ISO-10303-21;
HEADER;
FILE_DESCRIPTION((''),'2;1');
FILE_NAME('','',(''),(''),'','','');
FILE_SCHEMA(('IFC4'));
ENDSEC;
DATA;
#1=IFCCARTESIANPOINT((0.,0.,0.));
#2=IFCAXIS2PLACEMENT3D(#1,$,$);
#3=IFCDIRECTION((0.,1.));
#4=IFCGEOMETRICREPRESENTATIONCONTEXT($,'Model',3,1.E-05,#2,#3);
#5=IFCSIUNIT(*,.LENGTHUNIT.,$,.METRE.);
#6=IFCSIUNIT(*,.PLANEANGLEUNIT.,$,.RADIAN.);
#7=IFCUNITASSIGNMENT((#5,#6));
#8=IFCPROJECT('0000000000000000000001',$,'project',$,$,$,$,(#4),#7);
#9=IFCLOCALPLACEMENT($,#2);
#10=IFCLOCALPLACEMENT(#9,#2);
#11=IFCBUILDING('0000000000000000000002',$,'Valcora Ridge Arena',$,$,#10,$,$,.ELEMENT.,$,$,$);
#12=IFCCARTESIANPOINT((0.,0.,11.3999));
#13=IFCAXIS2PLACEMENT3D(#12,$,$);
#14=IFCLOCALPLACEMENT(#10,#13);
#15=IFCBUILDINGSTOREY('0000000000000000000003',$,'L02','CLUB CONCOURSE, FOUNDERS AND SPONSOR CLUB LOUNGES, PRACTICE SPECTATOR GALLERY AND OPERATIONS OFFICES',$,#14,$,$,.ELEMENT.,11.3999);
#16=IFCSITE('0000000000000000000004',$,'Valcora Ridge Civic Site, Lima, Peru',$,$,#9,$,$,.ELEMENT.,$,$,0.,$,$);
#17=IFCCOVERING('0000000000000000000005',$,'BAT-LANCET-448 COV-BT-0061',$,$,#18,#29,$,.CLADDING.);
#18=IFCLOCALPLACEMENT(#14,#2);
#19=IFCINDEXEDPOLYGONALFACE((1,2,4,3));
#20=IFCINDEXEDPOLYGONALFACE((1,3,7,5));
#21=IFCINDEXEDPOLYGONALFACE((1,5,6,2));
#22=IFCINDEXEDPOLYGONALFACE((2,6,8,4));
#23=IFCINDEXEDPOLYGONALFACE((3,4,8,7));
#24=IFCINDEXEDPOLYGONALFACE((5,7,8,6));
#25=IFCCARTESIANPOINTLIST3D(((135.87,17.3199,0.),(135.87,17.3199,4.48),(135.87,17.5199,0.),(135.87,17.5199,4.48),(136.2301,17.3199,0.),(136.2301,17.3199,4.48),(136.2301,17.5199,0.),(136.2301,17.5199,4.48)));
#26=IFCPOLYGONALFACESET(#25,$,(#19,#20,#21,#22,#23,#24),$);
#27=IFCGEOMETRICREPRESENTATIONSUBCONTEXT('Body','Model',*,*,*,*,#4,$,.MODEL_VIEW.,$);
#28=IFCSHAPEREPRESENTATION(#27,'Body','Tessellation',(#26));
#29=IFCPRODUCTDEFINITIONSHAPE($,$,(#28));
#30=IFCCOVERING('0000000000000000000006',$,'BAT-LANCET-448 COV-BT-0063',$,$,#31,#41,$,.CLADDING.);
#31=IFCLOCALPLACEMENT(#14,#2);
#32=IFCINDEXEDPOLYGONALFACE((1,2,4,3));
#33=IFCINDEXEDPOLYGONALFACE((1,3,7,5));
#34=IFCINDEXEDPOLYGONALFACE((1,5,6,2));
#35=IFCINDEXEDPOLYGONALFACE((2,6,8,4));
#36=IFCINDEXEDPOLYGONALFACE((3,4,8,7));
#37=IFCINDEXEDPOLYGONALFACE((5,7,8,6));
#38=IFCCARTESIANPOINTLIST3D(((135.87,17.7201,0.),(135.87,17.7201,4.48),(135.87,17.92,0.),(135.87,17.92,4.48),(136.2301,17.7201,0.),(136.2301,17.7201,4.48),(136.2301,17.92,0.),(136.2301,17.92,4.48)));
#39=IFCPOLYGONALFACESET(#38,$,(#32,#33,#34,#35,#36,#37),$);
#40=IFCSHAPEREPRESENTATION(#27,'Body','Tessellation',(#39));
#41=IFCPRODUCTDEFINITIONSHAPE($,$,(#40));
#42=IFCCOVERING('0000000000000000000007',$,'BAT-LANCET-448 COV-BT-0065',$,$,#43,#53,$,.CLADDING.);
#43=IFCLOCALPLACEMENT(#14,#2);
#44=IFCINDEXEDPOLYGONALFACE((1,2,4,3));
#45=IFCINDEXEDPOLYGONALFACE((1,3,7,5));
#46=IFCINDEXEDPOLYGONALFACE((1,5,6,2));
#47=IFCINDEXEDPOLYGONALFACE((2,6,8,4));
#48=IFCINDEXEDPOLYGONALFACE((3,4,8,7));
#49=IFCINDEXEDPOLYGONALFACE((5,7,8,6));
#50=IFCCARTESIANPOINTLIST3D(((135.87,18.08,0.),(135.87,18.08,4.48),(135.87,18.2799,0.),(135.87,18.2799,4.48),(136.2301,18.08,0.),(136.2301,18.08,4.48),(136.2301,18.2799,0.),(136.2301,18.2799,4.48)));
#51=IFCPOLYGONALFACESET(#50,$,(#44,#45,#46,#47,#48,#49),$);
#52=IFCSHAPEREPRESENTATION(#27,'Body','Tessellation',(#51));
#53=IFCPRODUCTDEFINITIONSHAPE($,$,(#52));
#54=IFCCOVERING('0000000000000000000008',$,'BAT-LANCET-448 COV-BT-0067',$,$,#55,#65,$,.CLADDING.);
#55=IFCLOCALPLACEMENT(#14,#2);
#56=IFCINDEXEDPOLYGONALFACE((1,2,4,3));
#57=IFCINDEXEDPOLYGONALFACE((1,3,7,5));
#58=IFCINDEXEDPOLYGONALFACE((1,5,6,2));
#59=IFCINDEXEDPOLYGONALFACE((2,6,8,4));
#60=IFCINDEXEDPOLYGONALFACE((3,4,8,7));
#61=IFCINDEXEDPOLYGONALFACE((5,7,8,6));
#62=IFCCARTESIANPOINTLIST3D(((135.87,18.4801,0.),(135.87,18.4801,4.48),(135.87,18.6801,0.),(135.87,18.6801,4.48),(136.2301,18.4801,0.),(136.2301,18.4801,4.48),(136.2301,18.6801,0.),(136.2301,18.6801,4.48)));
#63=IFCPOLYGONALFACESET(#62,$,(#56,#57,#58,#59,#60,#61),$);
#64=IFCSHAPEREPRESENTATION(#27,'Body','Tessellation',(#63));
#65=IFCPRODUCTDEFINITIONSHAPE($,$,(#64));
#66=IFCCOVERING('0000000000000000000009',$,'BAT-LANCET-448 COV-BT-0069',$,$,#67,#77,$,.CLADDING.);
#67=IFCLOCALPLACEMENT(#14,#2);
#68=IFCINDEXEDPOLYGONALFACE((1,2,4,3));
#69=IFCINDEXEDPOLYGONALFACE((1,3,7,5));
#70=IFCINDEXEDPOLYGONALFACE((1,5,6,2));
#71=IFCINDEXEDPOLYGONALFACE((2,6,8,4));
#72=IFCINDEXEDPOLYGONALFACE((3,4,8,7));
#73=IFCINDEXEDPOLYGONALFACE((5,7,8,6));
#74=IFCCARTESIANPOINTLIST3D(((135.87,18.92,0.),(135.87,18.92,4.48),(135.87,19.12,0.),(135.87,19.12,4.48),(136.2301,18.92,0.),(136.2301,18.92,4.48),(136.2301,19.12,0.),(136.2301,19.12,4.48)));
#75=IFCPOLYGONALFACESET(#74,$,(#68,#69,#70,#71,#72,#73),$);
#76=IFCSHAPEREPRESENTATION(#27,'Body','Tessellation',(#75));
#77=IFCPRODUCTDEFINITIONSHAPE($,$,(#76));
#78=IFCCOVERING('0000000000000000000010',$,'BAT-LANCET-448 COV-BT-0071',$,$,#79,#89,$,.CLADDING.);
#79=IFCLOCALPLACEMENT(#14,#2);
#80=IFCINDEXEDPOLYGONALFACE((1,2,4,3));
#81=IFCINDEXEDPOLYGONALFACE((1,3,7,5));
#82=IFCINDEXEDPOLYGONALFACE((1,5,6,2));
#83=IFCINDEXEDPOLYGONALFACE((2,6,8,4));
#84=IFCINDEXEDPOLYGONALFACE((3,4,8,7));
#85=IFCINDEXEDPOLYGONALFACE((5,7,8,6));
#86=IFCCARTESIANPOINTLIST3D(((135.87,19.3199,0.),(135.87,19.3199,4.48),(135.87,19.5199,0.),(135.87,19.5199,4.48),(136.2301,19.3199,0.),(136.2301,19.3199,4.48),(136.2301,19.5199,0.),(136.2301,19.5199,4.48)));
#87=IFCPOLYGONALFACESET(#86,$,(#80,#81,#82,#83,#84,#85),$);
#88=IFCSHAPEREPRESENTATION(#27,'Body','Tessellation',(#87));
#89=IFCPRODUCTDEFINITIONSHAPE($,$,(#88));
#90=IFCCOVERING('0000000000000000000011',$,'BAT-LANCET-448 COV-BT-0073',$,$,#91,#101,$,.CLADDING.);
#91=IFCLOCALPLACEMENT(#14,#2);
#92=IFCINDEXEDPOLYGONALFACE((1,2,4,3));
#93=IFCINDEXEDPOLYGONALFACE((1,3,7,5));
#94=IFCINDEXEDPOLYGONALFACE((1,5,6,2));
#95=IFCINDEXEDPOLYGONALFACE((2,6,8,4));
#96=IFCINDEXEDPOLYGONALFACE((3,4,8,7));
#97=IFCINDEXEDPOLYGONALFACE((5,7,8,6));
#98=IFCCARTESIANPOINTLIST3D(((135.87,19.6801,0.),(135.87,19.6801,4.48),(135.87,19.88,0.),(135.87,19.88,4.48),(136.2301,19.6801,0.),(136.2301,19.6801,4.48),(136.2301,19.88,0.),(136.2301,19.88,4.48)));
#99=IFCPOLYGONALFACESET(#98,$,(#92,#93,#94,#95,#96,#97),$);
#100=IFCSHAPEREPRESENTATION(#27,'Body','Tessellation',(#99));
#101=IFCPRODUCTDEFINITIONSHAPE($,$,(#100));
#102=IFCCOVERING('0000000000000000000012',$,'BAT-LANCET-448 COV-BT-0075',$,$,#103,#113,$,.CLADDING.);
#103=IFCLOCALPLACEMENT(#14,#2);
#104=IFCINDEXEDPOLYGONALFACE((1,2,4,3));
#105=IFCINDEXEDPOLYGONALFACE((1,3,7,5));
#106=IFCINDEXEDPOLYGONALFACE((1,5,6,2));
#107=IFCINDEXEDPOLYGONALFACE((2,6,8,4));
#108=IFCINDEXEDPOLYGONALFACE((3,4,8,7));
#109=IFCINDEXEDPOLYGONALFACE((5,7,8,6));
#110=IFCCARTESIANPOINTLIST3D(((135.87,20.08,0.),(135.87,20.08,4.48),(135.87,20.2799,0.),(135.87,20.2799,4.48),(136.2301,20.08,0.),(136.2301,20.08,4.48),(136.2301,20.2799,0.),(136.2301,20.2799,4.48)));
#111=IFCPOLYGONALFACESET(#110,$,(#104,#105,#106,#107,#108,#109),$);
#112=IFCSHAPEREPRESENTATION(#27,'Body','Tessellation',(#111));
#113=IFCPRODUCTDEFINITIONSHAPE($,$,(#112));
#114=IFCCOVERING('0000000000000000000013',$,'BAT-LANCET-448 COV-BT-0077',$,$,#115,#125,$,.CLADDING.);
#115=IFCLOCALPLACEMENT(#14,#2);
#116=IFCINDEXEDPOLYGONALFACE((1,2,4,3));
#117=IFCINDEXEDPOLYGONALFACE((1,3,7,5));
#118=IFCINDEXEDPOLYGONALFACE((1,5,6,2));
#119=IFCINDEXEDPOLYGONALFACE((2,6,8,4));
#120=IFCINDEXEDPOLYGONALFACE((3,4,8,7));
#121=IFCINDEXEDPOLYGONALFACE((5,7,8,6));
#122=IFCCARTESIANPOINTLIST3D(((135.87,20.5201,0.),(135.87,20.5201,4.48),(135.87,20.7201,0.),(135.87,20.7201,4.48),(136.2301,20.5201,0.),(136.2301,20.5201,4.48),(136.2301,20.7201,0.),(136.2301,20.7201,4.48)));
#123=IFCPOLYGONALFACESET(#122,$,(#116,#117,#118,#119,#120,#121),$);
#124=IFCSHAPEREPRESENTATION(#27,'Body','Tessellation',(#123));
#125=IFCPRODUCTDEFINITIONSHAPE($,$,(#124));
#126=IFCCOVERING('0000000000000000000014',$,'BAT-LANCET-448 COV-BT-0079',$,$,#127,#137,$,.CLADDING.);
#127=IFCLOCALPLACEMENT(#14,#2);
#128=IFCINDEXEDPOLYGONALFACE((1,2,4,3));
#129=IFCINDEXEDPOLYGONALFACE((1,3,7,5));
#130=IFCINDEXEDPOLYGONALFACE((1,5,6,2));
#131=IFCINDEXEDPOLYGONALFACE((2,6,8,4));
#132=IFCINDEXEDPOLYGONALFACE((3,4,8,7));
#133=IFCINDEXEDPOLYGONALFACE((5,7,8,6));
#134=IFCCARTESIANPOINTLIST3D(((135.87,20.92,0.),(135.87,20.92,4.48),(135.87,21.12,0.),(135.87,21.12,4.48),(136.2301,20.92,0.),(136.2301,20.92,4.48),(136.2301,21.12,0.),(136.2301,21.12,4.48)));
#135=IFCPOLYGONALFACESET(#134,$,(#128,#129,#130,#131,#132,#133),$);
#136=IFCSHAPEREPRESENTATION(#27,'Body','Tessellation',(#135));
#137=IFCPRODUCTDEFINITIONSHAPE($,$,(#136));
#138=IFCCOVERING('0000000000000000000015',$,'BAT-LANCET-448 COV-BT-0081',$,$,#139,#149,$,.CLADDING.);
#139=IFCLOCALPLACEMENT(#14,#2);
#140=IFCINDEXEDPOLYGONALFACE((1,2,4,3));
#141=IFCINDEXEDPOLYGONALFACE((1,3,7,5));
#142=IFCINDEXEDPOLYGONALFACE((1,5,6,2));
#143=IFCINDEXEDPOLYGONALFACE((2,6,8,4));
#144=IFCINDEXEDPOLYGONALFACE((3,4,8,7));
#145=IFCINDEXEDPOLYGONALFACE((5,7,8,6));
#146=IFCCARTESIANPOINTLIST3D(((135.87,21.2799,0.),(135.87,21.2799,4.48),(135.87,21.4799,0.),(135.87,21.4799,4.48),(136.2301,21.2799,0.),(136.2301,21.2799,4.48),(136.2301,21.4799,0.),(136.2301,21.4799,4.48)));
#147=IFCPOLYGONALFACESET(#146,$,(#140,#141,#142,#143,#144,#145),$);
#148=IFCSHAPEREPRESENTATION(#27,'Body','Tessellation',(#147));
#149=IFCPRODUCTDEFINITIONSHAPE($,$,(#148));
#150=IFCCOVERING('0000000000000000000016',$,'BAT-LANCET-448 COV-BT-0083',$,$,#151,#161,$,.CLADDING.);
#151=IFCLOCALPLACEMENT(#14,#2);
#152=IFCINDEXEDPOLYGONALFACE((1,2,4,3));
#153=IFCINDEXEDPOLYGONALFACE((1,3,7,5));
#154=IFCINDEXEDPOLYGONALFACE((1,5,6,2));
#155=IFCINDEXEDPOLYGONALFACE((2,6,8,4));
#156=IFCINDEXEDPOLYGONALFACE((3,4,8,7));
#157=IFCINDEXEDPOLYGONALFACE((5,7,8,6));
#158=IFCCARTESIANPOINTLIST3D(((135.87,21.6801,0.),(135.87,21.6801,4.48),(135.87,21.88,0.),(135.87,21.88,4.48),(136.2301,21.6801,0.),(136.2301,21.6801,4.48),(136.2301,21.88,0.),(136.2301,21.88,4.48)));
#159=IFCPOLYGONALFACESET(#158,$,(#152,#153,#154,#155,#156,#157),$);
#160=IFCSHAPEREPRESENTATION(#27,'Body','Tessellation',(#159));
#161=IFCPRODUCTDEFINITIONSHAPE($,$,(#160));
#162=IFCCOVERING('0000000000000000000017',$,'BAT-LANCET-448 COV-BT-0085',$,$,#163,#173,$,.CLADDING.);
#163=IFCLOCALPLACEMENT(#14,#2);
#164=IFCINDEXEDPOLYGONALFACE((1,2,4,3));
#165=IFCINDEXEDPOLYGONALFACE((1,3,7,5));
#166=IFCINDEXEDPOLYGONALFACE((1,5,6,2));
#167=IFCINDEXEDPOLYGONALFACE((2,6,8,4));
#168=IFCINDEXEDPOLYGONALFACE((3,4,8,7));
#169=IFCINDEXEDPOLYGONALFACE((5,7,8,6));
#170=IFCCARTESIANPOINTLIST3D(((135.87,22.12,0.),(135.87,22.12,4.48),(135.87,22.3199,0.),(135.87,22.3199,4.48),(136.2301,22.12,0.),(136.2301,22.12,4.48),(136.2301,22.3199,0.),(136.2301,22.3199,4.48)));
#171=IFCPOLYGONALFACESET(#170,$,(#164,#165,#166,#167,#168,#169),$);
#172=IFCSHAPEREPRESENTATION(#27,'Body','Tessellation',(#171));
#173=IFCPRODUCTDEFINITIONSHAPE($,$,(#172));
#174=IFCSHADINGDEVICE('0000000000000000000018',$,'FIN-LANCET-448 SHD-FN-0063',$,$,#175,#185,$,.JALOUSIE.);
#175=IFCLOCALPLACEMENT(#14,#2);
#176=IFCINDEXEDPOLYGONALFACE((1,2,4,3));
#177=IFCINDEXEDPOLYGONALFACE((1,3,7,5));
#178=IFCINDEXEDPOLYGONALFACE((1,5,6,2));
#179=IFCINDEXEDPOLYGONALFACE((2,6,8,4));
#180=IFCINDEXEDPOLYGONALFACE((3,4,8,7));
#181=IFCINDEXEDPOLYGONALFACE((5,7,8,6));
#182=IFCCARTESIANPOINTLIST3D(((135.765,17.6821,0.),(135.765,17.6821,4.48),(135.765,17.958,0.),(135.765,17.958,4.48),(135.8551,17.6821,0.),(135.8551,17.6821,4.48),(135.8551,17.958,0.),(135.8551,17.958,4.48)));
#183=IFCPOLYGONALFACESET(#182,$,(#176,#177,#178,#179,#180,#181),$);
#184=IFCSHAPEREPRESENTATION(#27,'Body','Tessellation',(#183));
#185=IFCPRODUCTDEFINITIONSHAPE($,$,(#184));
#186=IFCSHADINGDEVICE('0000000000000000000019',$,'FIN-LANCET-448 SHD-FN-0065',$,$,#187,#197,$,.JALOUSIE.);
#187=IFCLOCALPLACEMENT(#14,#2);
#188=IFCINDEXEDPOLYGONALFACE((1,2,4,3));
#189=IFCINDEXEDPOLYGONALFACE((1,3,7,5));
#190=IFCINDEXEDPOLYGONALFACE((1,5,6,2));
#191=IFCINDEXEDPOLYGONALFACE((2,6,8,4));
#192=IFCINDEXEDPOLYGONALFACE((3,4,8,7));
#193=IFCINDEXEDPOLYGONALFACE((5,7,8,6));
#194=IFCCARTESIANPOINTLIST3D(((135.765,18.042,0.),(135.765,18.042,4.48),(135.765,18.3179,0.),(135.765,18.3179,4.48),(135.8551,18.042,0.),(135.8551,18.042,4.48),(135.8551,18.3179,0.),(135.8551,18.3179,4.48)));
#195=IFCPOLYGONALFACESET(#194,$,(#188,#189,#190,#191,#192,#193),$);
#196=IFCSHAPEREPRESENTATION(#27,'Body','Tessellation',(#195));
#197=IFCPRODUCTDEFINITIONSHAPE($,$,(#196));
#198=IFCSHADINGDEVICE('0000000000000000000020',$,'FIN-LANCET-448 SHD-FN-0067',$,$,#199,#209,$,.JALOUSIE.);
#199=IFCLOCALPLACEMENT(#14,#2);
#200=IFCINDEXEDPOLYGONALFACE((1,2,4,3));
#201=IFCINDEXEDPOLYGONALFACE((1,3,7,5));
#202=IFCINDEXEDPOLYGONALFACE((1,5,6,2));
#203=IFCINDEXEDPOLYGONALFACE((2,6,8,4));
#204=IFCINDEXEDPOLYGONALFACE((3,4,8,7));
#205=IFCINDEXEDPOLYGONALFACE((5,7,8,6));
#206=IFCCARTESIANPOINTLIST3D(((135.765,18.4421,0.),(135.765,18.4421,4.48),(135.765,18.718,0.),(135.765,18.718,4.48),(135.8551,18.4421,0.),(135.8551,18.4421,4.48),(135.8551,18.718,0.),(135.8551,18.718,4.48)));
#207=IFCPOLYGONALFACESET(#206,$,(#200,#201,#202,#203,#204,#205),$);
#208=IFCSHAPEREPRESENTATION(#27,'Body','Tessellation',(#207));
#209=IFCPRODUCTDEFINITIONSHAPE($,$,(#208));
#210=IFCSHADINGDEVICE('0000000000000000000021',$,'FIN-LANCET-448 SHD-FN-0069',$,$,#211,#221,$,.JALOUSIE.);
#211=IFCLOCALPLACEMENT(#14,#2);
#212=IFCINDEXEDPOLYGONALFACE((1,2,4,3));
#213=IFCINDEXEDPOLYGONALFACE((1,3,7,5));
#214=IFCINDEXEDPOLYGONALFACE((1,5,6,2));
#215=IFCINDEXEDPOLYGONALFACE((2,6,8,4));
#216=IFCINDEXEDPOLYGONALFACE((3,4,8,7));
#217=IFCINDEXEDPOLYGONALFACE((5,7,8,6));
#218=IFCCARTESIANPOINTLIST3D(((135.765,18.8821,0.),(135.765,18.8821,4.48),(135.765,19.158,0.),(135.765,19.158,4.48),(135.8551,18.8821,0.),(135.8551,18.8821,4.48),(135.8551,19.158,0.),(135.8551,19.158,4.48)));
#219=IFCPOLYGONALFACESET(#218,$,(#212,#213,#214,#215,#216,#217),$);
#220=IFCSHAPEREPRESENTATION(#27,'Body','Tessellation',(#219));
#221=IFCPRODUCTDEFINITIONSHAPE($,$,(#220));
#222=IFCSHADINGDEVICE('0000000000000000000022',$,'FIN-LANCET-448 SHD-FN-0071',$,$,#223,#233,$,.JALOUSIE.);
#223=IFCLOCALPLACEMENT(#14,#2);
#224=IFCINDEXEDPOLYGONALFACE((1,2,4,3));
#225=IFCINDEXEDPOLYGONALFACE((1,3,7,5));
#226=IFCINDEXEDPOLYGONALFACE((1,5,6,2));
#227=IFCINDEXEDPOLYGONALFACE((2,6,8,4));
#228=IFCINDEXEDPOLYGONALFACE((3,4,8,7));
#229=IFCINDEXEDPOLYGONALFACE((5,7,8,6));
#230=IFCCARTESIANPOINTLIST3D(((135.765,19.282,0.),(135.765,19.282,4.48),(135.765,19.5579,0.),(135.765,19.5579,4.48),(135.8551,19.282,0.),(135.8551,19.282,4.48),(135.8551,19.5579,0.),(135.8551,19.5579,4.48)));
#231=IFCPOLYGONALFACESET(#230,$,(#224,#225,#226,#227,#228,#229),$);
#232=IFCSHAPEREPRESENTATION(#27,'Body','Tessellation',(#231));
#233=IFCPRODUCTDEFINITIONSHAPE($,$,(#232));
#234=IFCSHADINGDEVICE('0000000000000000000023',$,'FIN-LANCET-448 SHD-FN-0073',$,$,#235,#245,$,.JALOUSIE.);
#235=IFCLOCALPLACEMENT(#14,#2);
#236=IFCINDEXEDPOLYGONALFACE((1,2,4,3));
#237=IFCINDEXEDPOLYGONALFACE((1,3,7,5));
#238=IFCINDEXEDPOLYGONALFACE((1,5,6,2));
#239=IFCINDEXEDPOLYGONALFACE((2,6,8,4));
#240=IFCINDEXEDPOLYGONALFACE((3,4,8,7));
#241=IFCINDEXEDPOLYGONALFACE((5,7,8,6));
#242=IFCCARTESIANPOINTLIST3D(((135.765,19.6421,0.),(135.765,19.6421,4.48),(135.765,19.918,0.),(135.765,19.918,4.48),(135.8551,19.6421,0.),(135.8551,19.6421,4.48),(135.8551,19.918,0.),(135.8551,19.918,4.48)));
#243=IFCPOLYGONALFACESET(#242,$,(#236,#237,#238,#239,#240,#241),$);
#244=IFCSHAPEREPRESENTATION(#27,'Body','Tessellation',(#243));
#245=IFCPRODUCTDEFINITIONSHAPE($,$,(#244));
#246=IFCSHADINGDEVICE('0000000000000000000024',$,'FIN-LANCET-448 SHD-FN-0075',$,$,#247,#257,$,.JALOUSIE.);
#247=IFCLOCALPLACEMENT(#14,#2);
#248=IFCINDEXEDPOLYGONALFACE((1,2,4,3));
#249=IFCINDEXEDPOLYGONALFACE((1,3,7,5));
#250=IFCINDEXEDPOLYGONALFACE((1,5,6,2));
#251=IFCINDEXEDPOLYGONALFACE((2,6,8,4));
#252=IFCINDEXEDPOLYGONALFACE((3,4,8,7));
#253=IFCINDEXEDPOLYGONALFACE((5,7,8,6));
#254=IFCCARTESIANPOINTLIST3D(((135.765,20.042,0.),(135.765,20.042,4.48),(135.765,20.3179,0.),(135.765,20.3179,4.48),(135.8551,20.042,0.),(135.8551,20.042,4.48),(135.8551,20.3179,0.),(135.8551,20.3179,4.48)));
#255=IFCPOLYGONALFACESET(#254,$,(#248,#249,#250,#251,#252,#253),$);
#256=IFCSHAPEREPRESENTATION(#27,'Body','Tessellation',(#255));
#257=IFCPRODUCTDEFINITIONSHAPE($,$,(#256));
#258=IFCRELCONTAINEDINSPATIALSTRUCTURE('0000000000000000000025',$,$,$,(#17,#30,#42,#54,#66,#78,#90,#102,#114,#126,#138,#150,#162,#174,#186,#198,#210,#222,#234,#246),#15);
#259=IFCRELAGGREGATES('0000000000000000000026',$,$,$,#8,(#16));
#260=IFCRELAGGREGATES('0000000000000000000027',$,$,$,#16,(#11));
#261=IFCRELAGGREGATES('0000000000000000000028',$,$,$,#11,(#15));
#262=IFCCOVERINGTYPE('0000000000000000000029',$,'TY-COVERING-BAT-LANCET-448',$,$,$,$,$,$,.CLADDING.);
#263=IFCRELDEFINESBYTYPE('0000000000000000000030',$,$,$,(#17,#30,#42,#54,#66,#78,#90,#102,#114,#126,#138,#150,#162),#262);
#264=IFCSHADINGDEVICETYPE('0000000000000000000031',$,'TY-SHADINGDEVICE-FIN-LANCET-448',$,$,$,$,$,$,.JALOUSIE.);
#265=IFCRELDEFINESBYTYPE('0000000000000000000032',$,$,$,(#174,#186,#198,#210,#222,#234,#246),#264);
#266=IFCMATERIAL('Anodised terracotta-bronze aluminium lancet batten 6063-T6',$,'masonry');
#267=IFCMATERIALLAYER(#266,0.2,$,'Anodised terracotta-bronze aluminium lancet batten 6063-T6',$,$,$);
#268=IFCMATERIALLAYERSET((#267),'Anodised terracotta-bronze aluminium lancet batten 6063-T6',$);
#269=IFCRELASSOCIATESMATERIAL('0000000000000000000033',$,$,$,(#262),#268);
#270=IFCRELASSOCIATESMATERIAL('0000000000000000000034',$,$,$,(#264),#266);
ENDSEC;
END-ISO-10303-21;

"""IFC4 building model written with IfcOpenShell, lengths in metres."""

from ifc_helpers import new_model, si_unit, direction, frame, origin, origin_2d, place, context, subcontext, project, spatial, rectangle, extrude, material, layer, layer_set, material_profile, profile_set, type_object, element, save


model = new_model("IFC4")

# Units and contexts
model_context = context("Model", 3, precision=1e-05, world=origin(), true_north=direction((0.0, 1.0)))
body_context = subcontext(model_context, "Body", "Model", "MODEL_VIEW")
ifc_project = project(units=[si_unit("LENGTHUNIT", "METRE"), si_unit("PLANEANGLEUNIT", "RADIAN")], contexts=[model_context])

# Site, building, storey
site_placement = place(None, origin())
site = spatial("IfcSite", under=ifc_project, at=site_placement, Name="Valcora Ridge Civic Site, Lima, Peru", CompositionType="ELEMENT", RefElevation=0.0)
building_placement = place(site_placement, origin())
building = spatial("IfcBuilding", under=site, at=building_placement, Name="Valcora Ridge Arena", CompositionType="ELEMENT")
storey_placement = place(building_placement, frame((0.0, 0.0, 11.3999)))
storey = spatial("IfcBuildingStorey", under=building, at=storey_placement, Name="L02", Description="CLUB CONCOURSE, FOUNDERS AND SPONSOR CLUB LOUNGES, PRACTICE SPECTATOR GALLERY AND OPERATIONS OFFICES", CompositionType="ELEMENT", Elevation=11.3999)

# Coverings
ifc_material_1 = material(Name="Anodised terracotta-bronze aluminium lancet batten 6063-T6", Category="masonry")
ifc_layer_1 = layer(ifc_material_1, 0.2, Name="Anodised terracotta-bronze aluminium lancet batten 6063-T6")
ifc_layer_set_1 = layer_set([ifc_layer_1], Name="Anodised terracotta-bronze aluminium lancet batten 6063-T6")
covering_type = type_object("IfcCoveringType", Name="TY-COVERING-BAT-LANCET-448", PredefinedType="CLADDING", material=ifc_layer_set_1)
for number, where, z_axis, x_axis, name in (
    (1, (136.05, 17.4199, 0.0), (0.0, 0.0, 1.0), (1.0, 0.0, 0.0), "BAT-LANCET-448 COV-BT-0061"),
    (2, (136.05, 17.8201, 0.0), (0.0, 0.0, 1.0), (1.0, 0.0, 0.0), "BAT-LANCET-448 COV-BT-0063"),
    (3, (136.05, 18.1799, 0.0), (0.0, 0.0, 1.0), (1.0, 0.0, 0.0), "BAT-LANCET-448 COV-BT-0065"),
    (4, (136.05, 18.5801, 0.0), (0.0, 0.0, 1.0), (1.0, 0.0, 0.0), "BAT-LANCET-448 COV-BT-0067"),
    (5, (136.05, 19.02, 0.0), (0.0, 0.0, 1.0), (1.0, 0.0, 0.0), "BAT-LANCET-448 COV-BT-0069"),
    (6, (136.05, 19.4199, 0.0), (0.0, 0.0, 1.0), (1.0, 0.0, 0.0), "BAT-LANCET-448 COV-BT-0071"),
    (7, (136.05, 19.78, 0.0), (0.0, 0.0, 1.0), (1.0, 0.0, 0.0), "BAT-LANCET-448 COV-BT-0073"),
    (8, (136.05, 20.1799, 0.0), (0.0, 0.0, 1.0), (1.0, 0.0, 0.0), "BAT-LANCET-448 COV-BT-0075"),
    (9, (136.05, 20.6201, 0.0), (0.0, 0.0, 1.0), (1.0, 0.0, 0.0), "BAT-LANCET-448 COV-BT-0077"),
    (10, (136.05, 21.02, 0.0), (0.0, 0.0, 1.0), (1.0, 0.0, 0.0), "BAT-LANCET-448 COV-BT-0079"),
    (11, (136.05, 21.3799, 0.0), (0.0, 0.0, 1.0), (1.0, 0.0, 0.0), "BAT-LANCET-448 COV-BT-0081"),
    (12, (136.05, 21.78, 0.0), (0.0, 0.0, 1.0), (1.0, 0.0, 0.0), "BAT-LANCET-448 COV-BT-0083"),
    (13, (136.05, 22.22, 0.0), (0.0, 0.0, 1.0), (1.0, 0.0, 0.0), "BAT-LANCET-448 COV-BT-0085"),
):
    element("IfcCovering", number, at=place(storey_placement, frame(where, z_axis=z_axis, x_axis=x_axis)), inside=storey, type_object=covering_type, Name=name, PredefinedType="CLADDING", context=body_context, shape_type="SweptSolid", body=[
        extrude(rectangle(XDim=0.3601, YDim=0.2, at=origin_2d()), origin(), (0.0, 0.0, 1.0), 4.48),
    ])

# Shading devices
ifc_material_profile = material_profile(ifc_material_1, rectangle(XDim=0.0901, YDim=0.2759, at=origin_2d()), Name="ALU LANCET BATTEN 90x276")
ifc_profile_set = profile_set([ifc_material_profile], Name="Anodised terracotta-bronze aluminium lancet batten 6063-T6")
shading_device_type = type_object("IfcShadingDeviceType", Name="TY-SHADINGDEVICE-FIN-LANCET-448", PredefinedType="JALOUSIE", material=ifc_profile_set)
for number, where, z_axis, x_axis, name in (
    (14, (135.8101, 17.8201, 0.0), (0.0, 0.0, 1.0), (1.0, 0.0, 0.0), "FIN-LANCET-448 SHD-FN-0063"),
    (15, (135.8101, 18.1799, 0.0), (0.0, 0.0, 1.0), (1.0, 0.0, 0.0), "FIN-LANCET-448 SHD-FN-0065"),
    (16, (135.8101, 18.5801, 0.0), (0.0, 0.0, 1.0), (1.0, 0.0, 0.0), "FIN-LANCET-448 SHD-FN-0067"),
    (17, (135.8101, 19.02, 0.0), (0.0, 0.0, 1.0), (1.0, 0.0, 0.0), "FIN-LANCET-448 SHD-FN-0069"),
    (18, (135.8101, 19.4199, 0.0), (0.0, 0.0, 1.0), (1.0, 0.0, 0.0), "FIN-LANCET-448 SHD-FN-0071"),
    (19, (135.8101, 19.78, 0.0), (0.0, 0.0, 1.0), (1.0, 0.0, 0.0), "FIN-LANCET-448 SHD-FN-0073"),
    (20, (135.8101, 20.1799, 0.0), (0.0, 0.0, 1.0), (1.0, 0.0, 0.0), "FIN-LANCET-448 SHD-FN-0075"),
):
    element("IfcShadingDevice", number, at=place(storey_placement, frame(where, z_axis=z_axis, x_axis=x_axis)), inside=storey, type_object=shading_device_type, Name=name, PredefinedType="JALOUSIE", context=body_context, shape_type="SweptSolid", body=[
        extrude(rectangle(XDim=0.0901, YDim=0.2759, at=origin_2d()), origin(), (0.0, 0.0, 1.0), 4.48),
    ])

save(model, "model.ifc")
